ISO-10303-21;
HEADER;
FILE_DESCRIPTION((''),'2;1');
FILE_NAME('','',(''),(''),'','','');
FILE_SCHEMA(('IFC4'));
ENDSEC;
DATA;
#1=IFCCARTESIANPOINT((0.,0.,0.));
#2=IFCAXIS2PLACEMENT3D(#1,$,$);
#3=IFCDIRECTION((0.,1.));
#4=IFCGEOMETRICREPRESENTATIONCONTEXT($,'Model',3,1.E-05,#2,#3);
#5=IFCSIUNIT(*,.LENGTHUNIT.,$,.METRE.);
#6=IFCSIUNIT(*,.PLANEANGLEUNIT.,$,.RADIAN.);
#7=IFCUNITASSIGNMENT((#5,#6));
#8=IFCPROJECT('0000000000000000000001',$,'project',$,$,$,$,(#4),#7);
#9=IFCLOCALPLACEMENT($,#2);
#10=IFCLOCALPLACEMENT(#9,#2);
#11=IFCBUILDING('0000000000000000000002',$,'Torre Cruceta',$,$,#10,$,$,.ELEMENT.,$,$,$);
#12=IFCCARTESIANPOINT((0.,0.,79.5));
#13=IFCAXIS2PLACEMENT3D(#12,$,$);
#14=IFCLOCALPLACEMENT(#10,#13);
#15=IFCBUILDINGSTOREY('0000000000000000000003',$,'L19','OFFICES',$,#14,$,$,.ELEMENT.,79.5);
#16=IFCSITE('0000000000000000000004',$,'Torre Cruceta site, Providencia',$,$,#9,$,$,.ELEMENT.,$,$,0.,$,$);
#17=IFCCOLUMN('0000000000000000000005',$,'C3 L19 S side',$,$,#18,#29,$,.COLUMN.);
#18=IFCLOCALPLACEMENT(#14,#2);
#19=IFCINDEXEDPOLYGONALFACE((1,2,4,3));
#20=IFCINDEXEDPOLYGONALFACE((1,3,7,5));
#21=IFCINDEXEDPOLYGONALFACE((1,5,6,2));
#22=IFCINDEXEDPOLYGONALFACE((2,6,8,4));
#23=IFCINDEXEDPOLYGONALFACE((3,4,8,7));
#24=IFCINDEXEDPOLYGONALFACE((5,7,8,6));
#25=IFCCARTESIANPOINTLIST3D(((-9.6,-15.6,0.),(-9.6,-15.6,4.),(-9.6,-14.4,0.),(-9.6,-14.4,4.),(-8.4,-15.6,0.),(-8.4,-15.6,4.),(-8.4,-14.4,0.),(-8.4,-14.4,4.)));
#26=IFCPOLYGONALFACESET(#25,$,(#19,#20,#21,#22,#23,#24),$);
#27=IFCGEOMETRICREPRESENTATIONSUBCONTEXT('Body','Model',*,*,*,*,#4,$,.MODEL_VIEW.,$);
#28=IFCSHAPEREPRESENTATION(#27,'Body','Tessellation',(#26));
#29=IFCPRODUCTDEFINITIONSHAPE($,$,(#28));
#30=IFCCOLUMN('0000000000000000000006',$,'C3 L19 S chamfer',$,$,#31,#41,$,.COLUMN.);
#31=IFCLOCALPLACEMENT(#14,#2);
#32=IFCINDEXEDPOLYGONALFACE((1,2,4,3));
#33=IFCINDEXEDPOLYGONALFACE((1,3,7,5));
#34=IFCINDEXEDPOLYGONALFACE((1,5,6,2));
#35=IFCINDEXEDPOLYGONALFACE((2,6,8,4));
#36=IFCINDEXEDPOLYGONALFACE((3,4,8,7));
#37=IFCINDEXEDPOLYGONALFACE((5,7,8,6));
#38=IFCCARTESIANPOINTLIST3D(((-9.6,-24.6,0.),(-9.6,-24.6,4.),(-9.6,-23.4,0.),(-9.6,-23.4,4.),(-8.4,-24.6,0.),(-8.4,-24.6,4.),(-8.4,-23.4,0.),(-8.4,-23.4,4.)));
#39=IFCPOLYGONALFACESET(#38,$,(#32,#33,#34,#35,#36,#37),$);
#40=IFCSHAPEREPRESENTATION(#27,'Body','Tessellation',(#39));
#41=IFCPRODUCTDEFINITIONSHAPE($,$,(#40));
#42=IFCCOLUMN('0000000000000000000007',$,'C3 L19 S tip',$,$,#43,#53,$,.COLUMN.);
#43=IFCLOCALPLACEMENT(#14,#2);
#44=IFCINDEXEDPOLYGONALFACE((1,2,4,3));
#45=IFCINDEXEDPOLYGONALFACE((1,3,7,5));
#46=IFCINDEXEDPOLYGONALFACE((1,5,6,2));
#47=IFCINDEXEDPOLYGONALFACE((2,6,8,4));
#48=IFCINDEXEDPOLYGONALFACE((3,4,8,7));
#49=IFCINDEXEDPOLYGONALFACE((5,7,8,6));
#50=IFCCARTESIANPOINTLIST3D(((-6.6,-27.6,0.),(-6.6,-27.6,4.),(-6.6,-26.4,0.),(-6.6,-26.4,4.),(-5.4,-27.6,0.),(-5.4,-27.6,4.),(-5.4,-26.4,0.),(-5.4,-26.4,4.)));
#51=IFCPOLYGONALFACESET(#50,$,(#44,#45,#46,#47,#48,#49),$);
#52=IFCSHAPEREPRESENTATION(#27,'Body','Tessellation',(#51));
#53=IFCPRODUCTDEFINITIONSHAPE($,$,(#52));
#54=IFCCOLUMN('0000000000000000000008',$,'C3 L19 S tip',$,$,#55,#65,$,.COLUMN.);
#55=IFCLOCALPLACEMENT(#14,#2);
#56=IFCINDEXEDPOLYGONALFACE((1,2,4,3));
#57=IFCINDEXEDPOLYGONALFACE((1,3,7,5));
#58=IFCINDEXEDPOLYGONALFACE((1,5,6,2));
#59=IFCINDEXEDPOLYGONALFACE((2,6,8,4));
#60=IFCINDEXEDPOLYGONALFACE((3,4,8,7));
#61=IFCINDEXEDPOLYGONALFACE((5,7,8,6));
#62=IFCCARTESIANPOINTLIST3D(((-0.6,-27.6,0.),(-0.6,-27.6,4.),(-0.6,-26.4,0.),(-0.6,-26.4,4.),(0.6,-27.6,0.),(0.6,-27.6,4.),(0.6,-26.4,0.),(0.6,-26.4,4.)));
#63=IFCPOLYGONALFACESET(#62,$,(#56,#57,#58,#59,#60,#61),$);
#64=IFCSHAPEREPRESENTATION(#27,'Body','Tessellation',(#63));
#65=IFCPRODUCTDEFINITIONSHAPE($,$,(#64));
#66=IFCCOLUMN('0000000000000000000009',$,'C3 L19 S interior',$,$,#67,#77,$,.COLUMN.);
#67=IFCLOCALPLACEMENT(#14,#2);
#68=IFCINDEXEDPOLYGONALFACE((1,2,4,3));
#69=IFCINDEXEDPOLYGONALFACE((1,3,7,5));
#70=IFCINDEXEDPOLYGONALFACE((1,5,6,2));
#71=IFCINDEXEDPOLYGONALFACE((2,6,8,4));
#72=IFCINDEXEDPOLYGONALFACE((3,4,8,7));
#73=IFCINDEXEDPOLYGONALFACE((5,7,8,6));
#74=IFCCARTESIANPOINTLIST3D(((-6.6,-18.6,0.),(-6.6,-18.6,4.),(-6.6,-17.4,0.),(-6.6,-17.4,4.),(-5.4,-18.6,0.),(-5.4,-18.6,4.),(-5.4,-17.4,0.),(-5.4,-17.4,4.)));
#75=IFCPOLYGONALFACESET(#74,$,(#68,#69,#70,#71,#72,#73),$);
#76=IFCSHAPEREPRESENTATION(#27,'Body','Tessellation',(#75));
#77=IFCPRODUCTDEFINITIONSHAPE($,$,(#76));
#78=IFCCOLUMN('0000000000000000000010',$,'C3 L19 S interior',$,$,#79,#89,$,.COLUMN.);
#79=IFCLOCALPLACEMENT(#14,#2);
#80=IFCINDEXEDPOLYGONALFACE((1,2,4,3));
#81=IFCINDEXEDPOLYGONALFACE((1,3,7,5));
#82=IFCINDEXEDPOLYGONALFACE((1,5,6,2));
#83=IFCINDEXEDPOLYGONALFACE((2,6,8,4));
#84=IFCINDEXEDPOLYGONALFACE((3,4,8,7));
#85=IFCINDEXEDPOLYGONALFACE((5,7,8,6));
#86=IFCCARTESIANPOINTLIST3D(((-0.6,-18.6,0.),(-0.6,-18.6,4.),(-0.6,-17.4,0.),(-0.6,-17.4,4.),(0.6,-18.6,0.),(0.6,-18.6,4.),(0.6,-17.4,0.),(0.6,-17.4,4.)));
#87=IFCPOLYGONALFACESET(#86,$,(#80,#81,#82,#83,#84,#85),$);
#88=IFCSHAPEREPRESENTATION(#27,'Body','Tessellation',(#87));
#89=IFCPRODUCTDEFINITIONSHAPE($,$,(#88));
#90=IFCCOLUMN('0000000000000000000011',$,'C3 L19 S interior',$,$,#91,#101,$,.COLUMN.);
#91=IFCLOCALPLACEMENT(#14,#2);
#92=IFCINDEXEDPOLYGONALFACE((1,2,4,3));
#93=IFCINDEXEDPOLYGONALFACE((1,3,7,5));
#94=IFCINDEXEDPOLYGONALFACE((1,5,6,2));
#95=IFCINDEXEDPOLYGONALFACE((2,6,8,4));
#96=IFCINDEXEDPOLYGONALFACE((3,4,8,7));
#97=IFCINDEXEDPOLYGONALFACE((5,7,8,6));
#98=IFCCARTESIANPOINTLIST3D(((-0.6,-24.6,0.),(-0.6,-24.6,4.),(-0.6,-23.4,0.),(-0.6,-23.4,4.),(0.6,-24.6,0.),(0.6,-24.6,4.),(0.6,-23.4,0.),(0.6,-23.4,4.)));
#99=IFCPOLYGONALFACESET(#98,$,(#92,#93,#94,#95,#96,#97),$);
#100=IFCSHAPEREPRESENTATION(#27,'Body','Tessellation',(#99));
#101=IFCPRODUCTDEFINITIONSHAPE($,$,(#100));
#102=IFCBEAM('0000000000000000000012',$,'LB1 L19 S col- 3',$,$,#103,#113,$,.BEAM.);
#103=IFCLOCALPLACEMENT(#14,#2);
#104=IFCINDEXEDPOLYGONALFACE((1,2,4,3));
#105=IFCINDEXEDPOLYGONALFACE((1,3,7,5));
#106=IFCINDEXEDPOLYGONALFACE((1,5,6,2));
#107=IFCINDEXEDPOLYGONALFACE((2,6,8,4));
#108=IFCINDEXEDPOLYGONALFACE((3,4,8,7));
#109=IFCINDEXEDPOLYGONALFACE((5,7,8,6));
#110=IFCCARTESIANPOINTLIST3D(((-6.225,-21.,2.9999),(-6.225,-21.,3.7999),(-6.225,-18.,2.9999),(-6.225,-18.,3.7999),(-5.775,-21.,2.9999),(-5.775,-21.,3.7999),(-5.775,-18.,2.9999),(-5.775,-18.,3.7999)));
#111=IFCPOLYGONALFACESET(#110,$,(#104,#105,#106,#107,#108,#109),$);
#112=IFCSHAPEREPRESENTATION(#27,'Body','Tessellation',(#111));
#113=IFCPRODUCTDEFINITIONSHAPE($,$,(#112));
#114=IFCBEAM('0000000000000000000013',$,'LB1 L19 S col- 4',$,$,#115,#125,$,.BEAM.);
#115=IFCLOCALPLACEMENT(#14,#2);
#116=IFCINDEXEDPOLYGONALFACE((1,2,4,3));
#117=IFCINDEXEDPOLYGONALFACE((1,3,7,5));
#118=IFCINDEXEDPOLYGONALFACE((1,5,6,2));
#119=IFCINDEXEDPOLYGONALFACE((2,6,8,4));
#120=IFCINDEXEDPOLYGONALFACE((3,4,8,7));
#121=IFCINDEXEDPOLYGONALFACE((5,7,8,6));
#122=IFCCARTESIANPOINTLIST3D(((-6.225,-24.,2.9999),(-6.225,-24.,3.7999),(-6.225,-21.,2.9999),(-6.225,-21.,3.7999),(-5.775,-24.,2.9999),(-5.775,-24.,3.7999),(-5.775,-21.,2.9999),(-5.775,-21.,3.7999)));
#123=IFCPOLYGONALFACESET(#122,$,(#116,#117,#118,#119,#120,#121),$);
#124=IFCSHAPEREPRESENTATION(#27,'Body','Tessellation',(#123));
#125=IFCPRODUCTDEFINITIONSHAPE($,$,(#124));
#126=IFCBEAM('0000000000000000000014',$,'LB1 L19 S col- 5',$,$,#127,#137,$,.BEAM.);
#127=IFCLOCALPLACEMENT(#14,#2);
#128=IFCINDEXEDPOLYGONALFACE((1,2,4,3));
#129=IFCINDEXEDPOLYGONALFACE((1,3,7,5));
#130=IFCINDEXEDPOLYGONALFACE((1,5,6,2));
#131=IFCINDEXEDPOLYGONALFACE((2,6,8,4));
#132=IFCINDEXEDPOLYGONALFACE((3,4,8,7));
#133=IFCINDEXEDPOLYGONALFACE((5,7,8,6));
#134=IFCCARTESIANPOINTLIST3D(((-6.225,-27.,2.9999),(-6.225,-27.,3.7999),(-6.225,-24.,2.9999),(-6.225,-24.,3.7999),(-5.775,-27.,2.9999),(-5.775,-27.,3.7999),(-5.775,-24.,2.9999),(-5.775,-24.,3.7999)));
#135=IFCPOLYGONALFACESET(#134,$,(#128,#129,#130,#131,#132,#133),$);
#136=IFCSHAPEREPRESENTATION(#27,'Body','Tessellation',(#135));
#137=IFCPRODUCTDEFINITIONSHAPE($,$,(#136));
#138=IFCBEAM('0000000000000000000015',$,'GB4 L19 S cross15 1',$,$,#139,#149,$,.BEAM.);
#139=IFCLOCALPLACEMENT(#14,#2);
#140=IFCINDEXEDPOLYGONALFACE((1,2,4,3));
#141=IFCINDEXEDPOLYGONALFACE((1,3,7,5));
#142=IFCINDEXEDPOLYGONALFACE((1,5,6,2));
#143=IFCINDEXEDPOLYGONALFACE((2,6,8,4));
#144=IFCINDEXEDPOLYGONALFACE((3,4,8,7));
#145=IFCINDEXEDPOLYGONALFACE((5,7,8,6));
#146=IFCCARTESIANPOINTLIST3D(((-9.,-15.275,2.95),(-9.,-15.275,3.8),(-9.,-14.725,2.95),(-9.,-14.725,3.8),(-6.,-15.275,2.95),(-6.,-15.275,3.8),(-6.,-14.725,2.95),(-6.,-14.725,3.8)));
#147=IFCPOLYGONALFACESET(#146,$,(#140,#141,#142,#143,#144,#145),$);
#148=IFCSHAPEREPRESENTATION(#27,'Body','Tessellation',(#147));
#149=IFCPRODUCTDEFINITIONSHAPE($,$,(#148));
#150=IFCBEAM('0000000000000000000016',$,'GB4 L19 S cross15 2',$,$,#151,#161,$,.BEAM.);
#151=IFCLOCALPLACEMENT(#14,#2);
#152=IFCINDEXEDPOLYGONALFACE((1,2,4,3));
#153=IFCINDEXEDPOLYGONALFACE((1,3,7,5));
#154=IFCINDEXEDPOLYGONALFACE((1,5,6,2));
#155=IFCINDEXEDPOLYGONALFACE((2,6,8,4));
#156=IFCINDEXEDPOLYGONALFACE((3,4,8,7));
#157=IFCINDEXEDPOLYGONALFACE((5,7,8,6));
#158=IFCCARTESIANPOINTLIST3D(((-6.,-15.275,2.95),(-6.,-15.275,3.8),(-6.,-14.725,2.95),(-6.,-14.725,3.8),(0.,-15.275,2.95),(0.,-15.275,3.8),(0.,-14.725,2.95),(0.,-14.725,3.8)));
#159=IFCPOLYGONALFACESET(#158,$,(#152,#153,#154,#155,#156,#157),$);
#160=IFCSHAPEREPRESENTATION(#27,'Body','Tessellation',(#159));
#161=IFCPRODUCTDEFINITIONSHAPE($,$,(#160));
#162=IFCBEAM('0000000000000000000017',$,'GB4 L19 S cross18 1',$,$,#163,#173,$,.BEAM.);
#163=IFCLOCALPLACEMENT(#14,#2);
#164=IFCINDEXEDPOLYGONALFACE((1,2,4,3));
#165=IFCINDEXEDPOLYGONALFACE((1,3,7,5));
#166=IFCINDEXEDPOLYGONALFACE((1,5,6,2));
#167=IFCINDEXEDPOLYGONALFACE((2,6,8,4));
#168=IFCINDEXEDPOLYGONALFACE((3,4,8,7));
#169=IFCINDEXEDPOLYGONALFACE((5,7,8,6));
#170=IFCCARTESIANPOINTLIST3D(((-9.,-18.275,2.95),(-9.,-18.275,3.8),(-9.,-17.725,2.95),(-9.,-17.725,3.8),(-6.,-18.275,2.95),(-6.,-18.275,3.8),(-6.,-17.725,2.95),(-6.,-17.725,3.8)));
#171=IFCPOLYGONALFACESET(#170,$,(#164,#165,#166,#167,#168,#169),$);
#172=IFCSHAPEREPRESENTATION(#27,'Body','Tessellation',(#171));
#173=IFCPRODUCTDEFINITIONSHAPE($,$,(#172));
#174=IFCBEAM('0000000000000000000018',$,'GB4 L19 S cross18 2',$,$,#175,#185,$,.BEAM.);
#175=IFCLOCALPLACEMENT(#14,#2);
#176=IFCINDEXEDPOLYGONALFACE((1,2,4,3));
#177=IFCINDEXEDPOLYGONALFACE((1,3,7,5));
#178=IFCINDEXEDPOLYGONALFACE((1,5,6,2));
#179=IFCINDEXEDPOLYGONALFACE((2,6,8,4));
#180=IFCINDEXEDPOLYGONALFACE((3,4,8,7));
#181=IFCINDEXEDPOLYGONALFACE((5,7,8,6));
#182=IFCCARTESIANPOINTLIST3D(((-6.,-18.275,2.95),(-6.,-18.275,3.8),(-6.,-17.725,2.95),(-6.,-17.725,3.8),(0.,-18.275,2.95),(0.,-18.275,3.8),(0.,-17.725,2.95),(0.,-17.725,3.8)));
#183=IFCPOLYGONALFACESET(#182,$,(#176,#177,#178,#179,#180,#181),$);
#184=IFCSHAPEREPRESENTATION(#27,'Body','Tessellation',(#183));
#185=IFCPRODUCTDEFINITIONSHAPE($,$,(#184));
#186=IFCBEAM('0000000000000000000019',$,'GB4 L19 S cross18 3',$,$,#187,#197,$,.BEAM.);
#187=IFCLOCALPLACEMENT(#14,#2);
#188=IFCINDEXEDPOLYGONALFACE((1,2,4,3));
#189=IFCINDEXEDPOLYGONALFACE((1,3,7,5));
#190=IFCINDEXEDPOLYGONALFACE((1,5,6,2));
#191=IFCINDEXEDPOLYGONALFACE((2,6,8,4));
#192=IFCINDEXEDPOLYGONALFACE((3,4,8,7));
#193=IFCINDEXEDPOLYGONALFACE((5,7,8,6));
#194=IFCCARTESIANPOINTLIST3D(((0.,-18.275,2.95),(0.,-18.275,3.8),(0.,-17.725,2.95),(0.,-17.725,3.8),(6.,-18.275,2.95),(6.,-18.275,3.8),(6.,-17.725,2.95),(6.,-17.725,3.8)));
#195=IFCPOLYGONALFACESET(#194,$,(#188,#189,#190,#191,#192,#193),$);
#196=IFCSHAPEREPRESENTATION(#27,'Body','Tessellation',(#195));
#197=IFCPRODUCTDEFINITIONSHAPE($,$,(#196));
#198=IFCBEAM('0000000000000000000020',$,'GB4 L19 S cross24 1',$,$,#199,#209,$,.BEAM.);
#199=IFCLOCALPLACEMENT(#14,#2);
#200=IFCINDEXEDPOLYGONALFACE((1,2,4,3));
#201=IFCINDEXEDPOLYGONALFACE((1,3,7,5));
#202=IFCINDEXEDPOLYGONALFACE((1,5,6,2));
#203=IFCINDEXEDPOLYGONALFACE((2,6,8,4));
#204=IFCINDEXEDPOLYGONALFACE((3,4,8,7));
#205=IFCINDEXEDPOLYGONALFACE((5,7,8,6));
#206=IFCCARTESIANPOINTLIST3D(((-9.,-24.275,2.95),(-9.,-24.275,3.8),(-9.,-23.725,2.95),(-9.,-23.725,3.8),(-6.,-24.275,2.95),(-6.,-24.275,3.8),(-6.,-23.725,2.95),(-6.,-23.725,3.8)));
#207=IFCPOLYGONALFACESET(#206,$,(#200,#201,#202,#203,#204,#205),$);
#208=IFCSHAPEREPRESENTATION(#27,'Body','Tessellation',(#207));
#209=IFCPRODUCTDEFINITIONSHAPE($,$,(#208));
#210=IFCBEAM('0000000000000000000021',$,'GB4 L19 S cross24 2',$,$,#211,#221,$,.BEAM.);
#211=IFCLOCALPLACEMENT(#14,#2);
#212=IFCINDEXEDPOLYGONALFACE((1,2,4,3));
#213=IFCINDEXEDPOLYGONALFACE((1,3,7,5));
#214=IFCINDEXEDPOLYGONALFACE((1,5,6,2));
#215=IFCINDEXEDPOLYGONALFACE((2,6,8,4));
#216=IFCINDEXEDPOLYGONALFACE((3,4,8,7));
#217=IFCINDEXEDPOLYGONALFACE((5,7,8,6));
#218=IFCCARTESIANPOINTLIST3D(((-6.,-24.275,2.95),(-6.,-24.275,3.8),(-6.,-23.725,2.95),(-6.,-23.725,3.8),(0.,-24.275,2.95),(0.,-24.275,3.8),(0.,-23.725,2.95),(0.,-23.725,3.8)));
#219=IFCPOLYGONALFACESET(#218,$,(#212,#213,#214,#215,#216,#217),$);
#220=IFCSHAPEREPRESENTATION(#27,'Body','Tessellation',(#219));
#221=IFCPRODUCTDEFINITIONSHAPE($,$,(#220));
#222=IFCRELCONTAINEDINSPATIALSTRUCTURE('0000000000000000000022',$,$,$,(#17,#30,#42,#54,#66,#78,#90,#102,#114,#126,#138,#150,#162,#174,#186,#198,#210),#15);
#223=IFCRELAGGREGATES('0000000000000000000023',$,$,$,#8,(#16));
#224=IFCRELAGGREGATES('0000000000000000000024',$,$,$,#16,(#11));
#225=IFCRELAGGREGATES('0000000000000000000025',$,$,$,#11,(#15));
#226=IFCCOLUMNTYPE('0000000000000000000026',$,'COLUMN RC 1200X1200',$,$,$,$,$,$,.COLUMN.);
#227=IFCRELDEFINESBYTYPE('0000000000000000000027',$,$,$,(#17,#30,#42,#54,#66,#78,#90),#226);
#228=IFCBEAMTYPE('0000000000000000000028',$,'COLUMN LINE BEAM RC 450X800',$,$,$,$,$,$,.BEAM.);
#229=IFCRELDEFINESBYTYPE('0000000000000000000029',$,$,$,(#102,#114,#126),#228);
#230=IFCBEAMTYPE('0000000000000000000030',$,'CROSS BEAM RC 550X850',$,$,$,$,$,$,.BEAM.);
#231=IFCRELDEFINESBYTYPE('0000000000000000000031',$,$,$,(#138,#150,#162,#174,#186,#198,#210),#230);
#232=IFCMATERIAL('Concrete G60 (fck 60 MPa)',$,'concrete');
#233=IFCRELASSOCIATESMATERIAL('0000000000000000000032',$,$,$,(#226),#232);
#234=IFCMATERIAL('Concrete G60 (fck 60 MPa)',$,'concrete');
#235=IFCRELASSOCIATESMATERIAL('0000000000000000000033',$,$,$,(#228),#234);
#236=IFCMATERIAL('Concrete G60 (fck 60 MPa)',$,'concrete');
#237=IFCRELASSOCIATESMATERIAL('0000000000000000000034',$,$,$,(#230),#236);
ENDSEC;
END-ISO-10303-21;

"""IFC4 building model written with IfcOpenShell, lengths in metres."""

from ifc_helpers import new_model, si_unit, direction, frame, origin, origin_2d, place, context, subcontext, project, spatial, rectangle, extrude, material, material_profile, profile_set, type_object, element, save


model = new_model("IFC4")

# Units and contexts
model_context = context("Model", 3, precision=1e-05, world=origin(), true_north=direction((0.0, 1.0)))
body_context = subcontext(model_context, "Body", "Model", "MODEL_VIEW")
ifc_project = project(units=[si_unit("LENGTHUNIT", "METRE"), si_unit("PLANEANGLEUNIT", "RADIAN")], contexts=[model_context])

# Site, building, storey
site_placement = place(None, origin())
site = spatial("IfcSite", under=ifc_project, at=site_placement, Name="Torre Cruceta site, Providencia", CompositionType="ELEMENT", RefElevation=0.0)
building_placement = place(site_placement, origin())
building = spatial("IfcBuilding", under=site, at=building_placement, Name="Torre Cruceta", CompositionType="ELEMENT")
storey_placement = place(building_placement, frame((0.0, 0.0, 79.5)))
storey = spatial("IfcBuildingStorey", under=building, at=storey_placement, Name="L19", Description="OFFICES", CompositionType="ELEMENT", Elevation=79.5)

# Columns
ifc_material_1 = material(Name="Concrete G60 (fck 60 MPa)", Category="concrete")
ifc_material_profile_1 = material_profile(ifc_material_1, rectangle(XDim=1.2, YDim=1.2, at=origin_2d()), Name="RC 1200X1200")
ifc_profile_set_1 = profile_set([ifc_material_profile_1], Name="Concrete G60 (fck 60 MPa)")
column_type = type_object("IfcColumnType", Name="COLUMN RC 1200X1200", PredefinedType="COLUMN", material=ifc_profile_set_1)
for number, where, z_axis, x_axis, name in (
    (1, (-9.0, -15.0, 0.0), (0.0, 0.0, 1.0), (1.0, 0.0, 0.0), "C3 L19 S side"),
    (2, (-9.0, -24.0, 0.0), (0.0, 0.0, 1.0), (1.0, 0.0, 0.0), "C3 L19 S chamfer"),
    (3, (-6.0, -27.0, 0.0), (0.0, 0.0, 1.0), (1.0, 0.0, 0.0), "C3 L19 S tip"),
    (4, (0.0, -27.0, 0.0), (0.0, 0.0, 1.0), (1.0, 0.0, 0.0), "C3 L19 S tip"),
    (5, (-6.0, -18.0, 0.0), (0.0, 0.0, 1.0), (1.0, 0.0, 0.0), "C3 L19 S interior"),
    (6, (0.0, -18.0, 0.0), (0.0, 0.0, 1.0), (1.0, 0.0, 0.0), "C3 L19 S interior"),
    (7, (0.0, -24.0, 0.0), (0.0, 0.0, 1.0), (1.0, 0.0, 0.0), "C3 L19 S interior"),
):
    element("IfcColumn", number, at=place(storey_placement, frame(where, z_axis=z_axis, x_axis=x_axis)), inside=storey, type_object=column_type, Name=name, PredefinedType="COLUMN", context=body_context, shape_type="SweptSolid", body=[
        extrude(rectangle(XDim=1.2, YDim=1.2, at=origin_2d()), origin(), (0.0, 0.0, 1.0), 4.0),
    ])

# Beams
ifc_material_2 = material(Name="Concrete G60 (fck 60 MPa)", Category="concrete")
ifc_material_profile_2 = material_profile(ifc_material_2, rectangle(XDim=0.45, YDim=0.8, at=origin_2d()), Name="RC 450X800")
ifc_profile_set_2 = profile_set([ifc_material_profile_2], Name="Concrete G60 (fck 60 MPa)")
beam_type_1 = type_object("IfcBeamType", Name="COLUMN LINE BEAM RC 450X800", PredefinedType="BEAM", material=ifc_profile_set_2)
for number, where, z_axis, x_axis, name in (
    (8, (-6.0, -18.0, 3.3999), (0.0, -1.0, 0.0), (1.0, 0.0, 0.0), "LB1 L19 S col- 3"),
    (9, (-6.0, -21.0, 3.3999), (0.0, -1.0, 0.0), (1.0, 0.0, 0.0), "LB1 L19 S col- 4"),
    (10, (-6.0, -24.0, 3.3999), (0.0, -1.0, 0.0), (1.0, 0.0, 0.0), "LB1 L19 S col- 5"),
):
    element("IfcBeam", number, at=place(storey_placement, frame(where, z_axis=z_axis, x_axis=x_axis)), inside=storey, type_object=beam_type_1, Name=name, PredefinedType="BEAM", context=body_context, shape_type="SweptSolid", body=[
        extrude(rectangle(XDim=0.45, YDim=0.8, at=origin_2d()), origin(), (0.0, 0.0, 1.0), 3.0),
    ])
ifc_material_3 = material(Name="Concrete G60 (fck 60 MPa)", Category="concrete")
ifc_material_profile_3 = material_profile(ifc_material_3, rectangle(XDim=0.55, YDim=0.8501, at=origin_2d()), Name="RC 550X850")
ifc_profile_set_3 = profile_set([ifc_material_profile_3], Name="Concrete G60 (fck 60 MPa)")
beam_type_2 = type_object("IfcBeamType", Name="CROSS BEAM RC 550X850", PredefinedType="BEAM", material=ifc_profile_set_3)
beam_1_placement = place(storey_placement, frame((-9.0, -15.0, 3.375), z_axis=(1.0, 0.0, 0.0), x_axis=(0.0, 1.0, 0.0)))
element("IfcBeam", 11, at=beam_1_placement, inside=storey, type_object=beam_type_2, Name="GB4 L19 S cross15 1", PredefinedType="BEAM", context=body_context, shape_type="SweptSolid", body=[
    extrude(rectangle(XDim=0.55, YDim=0.8501, at=origin_2d()), origin(), (0.0, 0.0, 1.0), 3.0),
])
beam_2_placement = place(storey_placement, frame((-6.0, -15.0, 3.375), z_axis=(1.0, 0.0, 0.0), x_axis=(0.0, 1.0, 0.0)))
element("IfcBeam", 12, at=beam_2_placement, inside=storey, type_object=beam_type_2, Name="GB4 L19 S cross15 2", PredefinedType="BEAM", context=body_context, shape_type="SweptSolid", body=[
    extrude(rectangle(XDim=0.55, YDim=0.8501, at=origin_2d()), origin(), (0.0, 0.0, 1.0), 6.0),
])
beam_3_placement = place(storey_placement, frame((-9.0, -18.0, 3.375), z_axis=(1.0, 0.0, 0.0), x_axis=(0.0, 1.0, 0.0)))
element("IfcBeam", 13, at=beam_3_placement, inside=storey, type_object=beam_type_2, Name="GB4 L19 S cross18 1", PredefinedType="BEAM", context=body_context, shape_type="SweptSolid", body=[
    extrude(rectangle(XDim=0.55, YDim=0.8501, at=origin_2d()), origin(), (0.0, 0.0, 1.0), 3.0),
])
for number, where, z_axis, x_axis, name in (
    (14, (-6.0, -18.0, 3.375), (1.0, 0.0, 0.0), (0.0, 1.0, 0.0), "GB4 L19 S cross18 2"),
    (15, (0.0, -18.0, 3.375), (1.0, 0.0, 0.0), (0.0, 1.0, 0.0), "GB4 L19 S cross18 3"),
):
    element("IfcBeam", number, at=place(storey_placement, frame(where, z_axis=z_axis, x_axis=x_axis)), inside=storey, type_object=beam_type_2, Name=name, PredefinedType="BEAM", context=body_context, shape_type="SweptSolid", body=[
        extrude(rectangle(XDim=0.55, YDim=0.8501, at=origin_2d()), origin(), (0.0, 0.0, 1.0), 6.0),
    ])
beam_4_placement = place(storey_placement, frame((-9.0, -24.0, 3.375), z_axis=(1.0, 0.0, 0.0), x_axis=(0.0, 1.0, 0.0)))
element("IfcBeam", 16, at=beam_4_placement, inside=storey, type_object=beam_type_2, Name="GB4 L19 S cross24 1", PredefinedType="BEAM", context=body_context, shape_type="SweptSolid", body=[
    extrude(rectangle(XDim=0.55, YDim=0.8501, at=origin_2d()), origin(), (0.0, 0.0, 1.0), 3.0),
])
for number, where, z_axis, x_axis, name in (
    (17, (-6.0, -24.0, 3.375), (1.0, 0.0, 0.0), (0.0, 1.0, 0.0), "GB4 L19 S cross24 2"),
):
    element("IfcBeam", number, at=place(storey_placement, frame(where, z_axis=z_axis, x_axis=x_axis)), inside=storey, type_object=beam_type_2, Name=name, PredefinedType="BEAM", context=body_context, shape_type="SweptSolid", body=[
        extrude(rectangle(XDim=0.55, YDim=0.8501, at=origin_2d()), origin(), (0.0, 0.0, 1.0), 6.0),
    ])

save(model, "model.ifc")
